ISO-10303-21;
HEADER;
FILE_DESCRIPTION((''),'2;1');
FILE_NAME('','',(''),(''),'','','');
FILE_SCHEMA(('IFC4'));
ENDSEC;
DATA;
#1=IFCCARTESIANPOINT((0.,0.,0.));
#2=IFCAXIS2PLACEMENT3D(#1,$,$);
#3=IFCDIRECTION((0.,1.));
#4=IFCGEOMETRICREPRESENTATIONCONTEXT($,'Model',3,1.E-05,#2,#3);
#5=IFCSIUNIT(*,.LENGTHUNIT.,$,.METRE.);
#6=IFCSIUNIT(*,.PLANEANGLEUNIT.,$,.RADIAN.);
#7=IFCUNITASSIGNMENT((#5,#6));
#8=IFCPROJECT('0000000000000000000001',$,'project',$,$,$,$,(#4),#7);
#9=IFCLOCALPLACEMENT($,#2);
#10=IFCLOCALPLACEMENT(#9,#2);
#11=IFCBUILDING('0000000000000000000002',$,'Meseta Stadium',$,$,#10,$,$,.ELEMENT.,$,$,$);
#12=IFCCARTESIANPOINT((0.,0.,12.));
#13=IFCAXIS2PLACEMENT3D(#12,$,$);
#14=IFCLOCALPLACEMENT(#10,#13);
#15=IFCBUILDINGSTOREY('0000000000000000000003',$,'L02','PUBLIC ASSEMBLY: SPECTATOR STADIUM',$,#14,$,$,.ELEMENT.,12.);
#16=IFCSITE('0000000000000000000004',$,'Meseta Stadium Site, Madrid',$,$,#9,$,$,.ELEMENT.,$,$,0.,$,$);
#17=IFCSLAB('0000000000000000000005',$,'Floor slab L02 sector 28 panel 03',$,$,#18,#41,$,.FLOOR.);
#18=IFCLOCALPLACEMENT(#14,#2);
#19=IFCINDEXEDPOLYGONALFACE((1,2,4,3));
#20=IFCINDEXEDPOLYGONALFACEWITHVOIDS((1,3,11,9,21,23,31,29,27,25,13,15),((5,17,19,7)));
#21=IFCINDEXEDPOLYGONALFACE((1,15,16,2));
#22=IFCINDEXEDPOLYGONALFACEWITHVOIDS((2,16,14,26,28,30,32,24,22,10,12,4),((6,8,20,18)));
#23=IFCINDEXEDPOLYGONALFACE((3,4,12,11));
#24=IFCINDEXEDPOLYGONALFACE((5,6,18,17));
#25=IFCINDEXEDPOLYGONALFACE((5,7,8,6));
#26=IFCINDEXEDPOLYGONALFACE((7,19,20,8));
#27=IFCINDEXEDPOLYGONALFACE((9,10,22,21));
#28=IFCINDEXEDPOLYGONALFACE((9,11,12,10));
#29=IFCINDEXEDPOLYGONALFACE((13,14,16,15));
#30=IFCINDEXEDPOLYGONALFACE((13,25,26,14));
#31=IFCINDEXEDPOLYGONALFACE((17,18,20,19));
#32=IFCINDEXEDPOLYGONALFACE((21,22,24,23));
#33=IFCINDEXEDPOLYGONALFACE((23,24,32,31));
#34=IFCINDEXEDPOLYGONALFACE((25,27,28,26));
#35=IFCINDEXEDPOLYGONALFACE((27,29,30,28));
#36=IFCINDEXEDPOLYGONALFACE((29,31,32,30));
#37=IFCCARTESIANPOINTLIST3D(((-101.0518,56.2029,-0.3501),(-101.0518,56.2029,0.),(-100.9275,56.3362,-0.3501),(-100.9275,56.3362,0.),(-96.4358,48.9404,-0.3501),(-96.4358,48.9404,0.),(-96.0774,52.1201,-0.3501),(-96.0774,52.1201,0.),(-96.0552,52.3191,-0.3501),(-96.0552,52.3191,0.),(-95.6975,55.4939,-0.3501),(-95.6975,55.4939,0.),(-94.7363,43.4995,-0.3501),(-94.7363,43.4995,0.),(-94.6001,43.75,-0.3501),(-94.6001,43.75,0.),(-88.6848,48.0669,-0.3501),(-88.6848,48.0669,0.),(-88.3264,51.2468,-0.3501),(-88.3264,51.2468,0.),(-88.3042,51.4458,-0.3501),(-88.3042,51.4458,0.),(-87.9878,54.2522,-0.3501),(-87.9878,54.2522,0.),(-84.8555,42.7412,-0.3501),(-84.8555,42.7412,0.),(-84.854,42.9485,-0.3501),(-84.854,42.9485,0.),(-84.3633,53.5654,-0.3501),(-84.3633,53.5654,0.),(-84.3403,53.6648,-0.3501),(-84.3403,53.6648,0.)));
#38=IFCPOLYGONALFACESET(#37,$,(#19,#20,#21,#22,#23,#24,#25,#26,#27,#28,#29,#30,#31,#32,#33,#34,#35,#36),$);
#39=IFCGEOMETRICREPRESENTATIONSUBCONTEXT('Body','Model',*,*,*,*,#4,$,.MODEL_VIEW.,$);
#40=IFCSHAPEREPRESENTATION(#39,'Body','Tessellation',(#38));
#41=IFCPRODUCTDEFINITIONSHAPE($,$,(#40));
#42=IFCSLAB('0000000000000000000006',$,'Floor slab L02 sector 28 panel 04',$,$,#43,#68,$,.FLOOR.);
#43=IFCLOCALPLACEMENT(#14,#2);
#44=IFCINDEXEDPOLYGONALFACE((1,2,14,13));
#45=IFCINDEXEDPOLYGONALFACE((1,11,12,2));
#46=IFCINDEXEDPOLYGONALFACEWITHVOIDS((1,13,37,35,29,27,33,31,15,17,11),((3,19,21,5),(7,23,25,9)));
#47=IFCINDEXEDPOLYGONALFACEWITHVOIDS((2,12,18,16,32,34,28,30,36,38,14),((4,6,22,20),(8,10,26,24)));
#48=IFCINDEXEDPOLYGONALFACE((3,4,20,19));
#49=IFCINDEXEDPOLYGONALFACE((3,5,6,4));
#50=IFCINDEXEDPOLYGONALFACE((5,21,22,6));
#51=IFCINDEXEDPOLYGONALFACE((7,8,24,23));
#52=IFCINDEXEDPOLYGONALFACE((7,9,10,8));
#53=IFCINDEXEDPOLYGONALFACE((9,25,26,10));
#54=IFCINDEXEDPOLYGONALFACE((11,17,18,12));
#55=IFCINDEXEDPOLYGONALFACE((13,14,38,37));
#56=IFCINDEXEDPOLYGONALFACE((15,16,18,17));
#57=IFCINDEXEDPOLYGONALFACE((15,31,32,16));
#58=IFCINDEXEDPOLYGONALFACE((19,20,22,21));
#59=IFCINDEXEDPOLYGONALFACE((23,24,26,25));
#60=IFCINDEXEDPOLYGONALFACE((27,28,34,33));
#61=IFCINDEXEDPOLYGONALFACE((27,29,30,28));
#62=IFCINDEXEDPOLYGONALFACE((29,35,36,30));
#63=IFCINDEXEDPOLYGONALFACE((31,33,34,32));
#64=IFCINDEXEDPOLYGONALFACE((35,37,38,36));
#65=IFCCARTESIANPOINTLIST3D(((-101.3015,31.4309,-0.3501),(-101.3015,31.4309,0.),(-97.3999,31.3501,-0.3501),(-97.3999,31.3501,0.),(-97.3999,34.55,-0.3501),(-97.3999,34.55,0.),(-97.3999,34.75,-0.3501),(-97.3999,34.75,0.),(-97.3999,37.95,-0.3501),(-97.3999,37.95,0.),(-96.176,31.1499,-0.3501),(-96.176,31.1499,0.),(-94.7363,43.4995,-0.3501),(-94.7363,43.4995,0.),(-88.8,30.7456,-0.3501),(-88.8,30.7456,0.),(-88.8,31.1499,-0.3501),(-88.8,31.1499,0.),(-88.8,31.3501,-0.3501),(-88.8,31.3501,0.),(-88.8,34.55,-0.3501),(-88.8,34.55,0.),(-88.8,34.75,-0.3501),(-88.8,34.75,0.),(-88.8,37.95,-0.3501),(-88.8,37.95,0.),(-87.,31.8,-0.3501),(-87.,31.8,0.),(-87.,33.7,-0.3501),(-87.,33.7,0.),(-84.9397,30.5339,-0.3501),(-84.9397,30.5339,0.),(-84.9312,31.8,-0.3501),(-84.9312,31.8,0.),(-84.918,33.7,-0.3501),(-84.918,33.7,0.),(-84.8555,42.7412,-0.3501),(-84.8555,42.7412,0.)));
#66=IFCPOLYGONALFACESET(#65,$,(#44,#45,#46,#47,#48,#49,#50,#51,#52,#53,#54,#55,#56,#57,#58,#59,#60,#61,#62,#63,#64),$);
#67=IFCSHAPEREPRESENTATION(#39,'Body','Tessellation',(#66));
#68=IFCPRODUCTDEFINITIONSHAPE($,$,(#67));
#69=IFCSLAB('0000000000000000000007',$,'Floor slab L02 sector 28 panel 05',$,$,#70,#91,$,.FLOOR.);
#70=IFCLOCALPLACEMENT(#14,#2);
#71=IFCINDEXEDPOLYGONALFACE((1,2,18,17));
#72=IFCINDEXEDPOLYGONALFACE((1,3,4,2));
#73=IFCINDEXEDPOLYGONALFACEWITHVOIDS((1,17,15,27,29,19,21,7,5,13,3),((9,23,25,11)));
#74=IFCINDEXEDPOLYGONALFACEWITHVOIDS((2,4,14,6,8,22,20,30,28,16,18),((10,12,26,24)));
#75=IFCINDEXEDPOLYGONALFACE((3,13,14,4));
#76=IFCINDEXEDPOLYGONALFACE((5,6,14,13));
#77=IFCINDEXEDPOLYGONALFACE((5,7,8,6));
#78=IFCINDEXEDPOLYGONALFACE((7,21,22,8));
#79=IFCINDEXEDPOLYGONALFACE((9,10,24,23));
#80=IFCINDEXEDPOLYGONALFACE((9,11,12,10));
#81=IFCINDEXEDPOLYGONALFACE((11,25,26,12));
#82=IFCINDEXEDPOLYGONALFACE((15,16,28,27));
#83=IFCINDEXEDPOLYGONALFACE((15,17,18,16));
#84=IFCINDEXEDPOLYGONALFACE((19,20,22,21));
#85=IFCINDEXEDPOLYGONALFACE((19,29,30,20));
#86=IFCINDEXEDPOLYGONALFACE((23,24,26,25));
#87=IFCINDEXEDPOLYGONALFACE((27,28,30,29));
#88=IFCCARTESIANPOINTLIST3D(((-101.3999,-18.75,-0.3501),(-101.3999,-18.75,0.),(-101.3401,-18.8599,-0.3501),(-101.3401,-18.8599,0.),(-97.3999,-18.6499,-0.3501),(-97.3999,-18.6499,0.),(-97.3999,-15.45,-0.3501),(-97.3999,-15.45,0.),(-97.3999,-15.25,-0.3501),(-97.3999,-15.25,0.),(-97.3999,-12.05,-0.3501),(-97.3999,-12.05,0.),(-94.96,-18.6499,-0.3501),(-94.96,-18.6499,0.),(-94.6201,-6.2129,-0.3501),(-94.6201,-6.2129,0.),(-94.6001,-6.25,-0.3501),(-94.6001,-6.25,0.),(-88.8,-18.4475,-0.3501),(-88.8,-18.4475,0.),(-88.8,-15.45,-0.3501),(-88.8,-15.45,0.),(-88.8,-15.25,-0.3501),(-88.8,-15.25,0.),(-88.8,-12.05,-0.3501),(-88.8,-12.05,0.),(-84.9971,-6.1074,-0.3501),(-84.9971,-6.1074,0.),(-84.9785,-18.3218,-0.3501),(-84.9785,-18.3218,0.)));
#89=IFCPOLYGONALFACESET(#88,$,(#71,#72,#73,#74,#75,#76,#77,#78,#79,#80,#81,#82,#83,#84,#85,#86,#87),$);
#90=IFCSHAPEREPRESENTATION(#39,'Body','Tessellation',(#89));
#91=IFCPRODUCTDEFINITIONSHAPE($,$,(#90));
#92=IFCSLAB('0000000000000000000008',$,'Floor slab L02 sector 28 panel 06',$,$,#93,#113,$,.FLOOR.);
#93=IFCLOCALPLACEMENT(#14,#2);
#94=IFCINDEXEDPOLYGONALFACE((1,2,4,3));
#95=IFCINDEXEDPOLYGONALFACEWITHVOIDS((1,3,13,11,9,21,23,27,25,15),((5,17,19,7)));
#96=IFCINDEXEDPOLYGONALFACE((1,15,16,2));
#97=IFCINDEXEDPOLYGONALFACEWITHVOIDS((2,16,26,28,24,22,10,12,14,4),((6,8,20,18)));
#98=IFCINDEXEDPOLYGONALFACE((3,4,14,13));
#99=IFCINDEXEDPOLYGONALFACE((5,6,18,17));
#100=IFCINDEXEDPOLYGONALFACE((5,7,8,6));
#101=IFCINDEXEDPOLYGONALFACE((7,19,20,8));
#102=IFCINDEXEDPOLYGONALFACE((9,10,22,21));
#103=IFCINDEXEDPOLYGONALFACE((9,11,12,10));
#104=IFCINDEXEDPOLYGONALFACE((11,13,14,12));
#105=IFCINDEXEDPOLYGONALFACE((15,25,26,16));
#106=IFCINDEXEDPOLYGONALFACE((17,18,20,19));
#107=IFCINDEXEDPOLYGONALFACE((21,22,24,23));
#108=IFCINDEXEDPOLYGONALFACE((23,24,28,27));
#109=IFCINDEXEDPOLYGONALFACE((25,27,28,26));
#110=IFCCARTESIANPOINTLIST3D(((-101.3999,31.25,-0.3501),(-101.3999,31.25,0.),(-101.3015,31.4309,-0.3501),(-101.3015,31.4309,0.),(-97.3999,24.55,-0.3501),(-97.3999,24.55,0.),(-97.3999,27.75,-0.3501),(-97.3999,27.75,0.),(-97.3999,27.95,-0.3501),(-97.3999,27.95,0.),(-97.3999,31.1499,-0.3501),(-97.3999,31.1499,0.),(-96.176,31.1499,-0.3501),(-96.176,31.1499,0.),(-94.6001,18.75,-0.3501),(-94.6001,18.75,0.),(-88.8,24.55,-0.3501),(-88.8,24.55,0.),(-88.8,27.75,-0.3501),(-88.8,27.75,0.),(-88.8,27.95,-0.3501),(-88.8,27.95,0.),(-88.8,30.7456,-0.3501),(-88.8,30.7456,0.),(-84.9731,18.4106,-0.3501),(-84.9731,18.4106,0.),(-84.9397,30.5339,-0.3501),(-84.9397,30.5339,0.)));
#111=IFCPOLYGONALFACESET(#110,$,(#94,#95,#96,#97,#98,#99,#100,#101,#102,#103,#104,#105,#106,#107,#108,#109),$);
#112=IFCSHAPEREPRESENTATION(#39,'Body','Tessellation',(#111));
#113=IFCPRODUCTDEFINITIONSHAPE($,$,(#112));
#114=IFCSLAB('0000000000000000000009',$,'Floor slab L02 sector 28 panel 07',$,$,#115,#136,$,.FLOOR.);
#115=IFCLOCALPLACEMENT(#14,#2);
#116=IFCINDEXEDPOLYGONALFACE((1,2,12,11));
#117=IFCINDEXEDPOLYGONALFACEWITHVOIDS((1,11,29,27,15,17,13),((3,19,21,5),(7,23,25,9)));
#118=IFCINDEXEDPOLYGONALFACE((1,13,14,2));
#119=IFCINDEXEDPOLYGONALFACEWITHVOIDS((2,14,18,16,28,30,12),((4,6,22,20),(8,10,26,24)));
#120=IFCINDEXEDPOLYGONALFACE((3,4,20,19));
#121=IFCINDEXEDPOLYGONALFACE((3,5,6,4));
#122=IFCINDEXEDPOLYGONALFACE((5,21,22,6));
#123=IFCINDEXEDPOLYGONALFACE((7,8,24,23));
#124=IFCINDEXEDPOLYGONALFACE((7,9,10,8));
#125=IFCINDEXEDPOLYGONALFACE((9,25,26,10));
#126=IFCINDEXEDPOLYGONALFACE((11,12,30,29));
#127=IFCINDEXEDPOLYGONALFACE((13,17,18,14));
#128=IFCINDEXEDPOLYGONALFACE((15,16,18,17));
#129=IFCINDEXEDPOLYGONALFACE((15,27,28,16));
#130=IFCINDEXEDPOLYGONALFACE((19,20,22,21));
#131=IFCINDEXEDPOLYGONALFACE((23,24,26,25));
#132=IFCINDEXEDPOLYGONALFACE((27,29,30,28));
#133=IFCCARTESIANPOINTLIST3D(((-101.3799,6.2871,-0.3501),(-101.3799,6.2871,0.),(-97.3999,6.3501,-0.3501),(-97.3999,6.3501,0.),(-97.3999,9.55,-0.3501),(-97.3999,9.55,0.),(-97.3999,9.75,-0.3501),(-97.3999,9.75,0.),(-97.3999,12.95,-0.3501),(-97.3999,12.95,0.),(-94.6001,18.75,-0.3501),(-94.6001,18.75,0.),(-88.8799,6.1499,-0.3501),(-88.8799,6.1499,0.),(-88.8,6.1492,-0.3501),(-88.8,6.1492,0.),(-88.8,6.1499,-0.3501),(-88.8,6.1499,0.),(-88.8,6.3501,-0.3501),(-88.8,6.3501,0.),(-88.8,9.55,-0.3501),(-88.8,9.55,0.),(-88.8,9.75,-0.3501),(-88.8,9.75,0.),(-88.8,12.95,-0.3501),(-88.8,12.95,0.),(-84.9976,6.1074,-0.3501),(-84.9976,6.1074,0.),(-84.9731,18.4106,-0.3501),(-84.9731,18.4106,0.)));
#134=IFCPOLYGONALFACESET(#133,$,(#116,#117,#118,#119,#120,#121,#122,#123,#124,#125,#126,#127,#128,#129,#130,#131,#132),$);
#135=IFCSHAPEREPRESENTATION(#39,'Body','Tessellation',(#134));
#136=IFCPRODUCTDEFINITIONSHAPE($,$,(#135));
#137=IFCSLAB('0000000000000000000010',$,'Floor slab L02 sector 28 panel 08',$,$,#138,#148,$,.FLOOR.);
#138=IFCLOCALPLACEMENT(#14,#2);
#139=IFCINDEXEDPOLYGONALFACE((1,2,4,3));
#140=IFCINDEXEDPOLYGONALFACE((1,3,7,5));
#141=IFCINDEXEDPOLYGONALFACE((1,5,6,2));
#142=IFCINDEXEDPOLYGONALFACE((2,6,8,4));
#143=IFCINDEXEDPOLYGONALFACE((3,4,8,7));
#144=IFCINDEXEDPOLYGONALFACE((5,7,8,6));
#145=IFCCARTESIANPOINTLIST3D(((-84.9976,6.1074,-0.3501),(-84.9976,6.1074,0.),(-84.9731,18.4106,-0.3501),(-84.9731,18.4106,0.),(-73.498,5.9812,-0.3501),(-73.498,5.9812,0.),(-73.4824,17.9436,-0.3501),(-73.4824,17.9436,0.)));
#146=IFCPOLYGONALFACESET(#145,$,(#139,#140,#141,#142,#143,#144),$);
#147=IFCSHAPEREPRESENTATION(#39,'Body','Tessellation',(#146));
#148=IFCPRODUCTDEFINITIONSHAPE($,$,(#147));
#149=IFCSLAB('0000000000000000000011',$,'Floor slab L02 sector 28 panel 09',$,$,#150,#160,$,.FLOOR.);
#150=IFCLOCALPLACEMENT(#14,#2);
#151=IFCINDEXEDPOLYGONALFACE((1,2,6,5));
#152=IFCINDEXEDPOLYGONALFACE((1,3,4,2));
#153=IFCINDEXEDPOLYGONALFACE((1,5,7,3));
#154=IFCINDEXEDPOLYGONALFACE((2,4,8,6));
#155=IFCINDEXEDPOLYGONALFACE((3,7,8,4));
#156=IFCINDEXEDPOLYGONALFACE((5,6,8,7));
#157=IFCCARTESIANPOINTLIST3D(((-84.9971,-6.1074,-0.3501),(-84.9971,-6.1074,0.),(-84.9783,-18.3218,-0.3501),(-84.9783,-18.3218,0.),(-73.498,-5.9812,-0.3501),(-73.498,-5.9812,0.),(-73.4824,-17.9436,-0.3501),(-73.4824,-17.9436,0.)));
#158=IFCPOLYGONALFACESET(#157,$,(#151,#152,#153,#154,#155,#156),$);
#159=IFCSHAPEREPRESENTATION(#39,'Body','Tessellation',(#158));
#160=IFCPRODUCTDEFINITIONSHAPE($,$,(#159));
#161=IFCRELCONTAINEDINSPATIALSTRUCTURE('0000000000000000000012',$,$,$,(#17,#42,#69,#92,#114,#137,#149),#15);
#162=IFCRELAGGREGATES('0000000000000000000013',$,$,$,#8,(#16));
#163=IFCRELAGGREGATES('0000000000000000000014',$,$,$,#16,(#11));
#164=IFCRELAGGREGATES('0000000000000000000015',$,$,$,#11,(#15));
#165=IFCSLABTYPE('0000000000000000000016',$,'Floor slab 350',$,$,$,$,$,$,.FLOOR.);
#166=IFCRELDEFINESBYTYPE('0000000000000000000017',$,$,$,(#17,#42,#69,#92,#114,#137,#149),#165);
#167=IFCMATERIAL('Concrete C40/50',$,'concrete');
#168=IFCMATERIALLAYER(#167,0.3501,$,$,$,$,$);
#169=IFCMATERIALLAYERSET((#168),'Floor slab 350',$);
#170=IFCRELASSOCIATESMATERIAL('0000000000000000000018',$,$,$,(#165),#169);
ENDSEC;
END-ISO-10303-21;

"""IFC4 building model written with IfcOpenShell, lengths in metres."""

from ifc_helpers import new_model, si_unit, direction, frame, origin, place, context, subcontext, project, spatial, polyline, outline, extrude, material, layer, layer_set, type_object, element, save


model = new_model("IFC4")

# Units and contexts
model_context = context("Model", 3, precision=1e-05, world=origin(), true_north=direction((0.0, 1.0)))
body_context = subcontext(model_context, "Body", "Model", "MODEL_VIEW")
ifc_project = project(units=[si_unit("LENGTHUNIT", "METRE"), si_unit("PLANEANGLEUNIT", "RADIAN")], contexts=[model_context])

# Site, building, storey
site_placement = place(None, origin())
site = spatial("IfcSite", under=ifc_project, at=site_placement, Name="Meseta Stadium Site, Madrid", CompositionType="ELEMENT", RefElevation=0.0)
building_placement = place(site_placement, origin())
building = spatial("IfcBuilding", under=site, at=building_placement, Name="Meseta Stadium", CompositionType="ELEMENT")
storey_placement = place(building_placement, frame((0.0, 0.0, 12.0)))
storey = spatial("IfcBuildingStorey", under=building, at=storey_placement, Name="L02", Description="PUBLIC ASSEMBLY: SPECTATOR STADIUM", CompositionType="ELEMENT", Elevation=12.0)

# Slabs
ifc_material = material(Name="Concrete C40/50", Category="concrete")
ifc_layer = layer(ifc_material, 0.3501)
ifc_layer_set = layer_set([ifc_layer], Name="Floor slab 350")
slab_type = type_object("IfcSlabType", Name="Floor slab 350", PredefinedType="FLOOR", material=ifc_layer_set)
slab_1_placement = place(storey_placement, frame((0.0, 0.0, -0.3501)))
element("IfcSlab", 1, at=slab_1_placement, inside=storey, type_object=slab_type, Name="Floor slab L02 sector 28 panel 03", PredefinedType="FLOOR", context=body_context, shape_type="SweptSolid", body=[
    extrude(outline(polyline([(-87.9878, 54.2522), (-88.3042, 51.4458), (-96.0552, 52.3191), (-95.6975, 55.4939), (-100.9275, 56.3362), (-101.0518, 56.2029), (-94.6001, 43.75), (-94.7363, 43.4995), (-84.8555, 42.7412), (-84.854, 42.9485), (-84.3633, 53.5654), (-84.3403, 53.6648), (-87.9878, 54.2522)]), holes=[polyline([(-88.6848, 48.0669), (-96.4358, 48.9404), (-96.0774, 52.1201), (-88.3264, 51.2468), (-88.6848, 48.0669)])]), origin(), (0.0, 0.0, 1.0), 0.3501),
])
slab_2_placement = place(storey_placement, frame((0.0, 0.0, -0.3501)))
element("IfcSlab", 2, at=slab_2_placement, inside=storey, type_object=slab_type, Name="Floor slab L02 sector 28 panel 04", PredefinedType="FLOOR", context=body_context, shape_type="SweptSolid", body=[
    extrude(outline(polyline([(-84.8555, 42.7412), (-94.7363, 43.4995), (-101.3015, 31.4309), (-96.176, 31.1499), (-88.8, 31.1499), (-88.8, 30.7456), (-84.9397, 30.5339), (-84.9312, 31.8), (-87.0, 31.8), (-87.0, 33.7), (-84.918, 33.7), (-84.8555, 42.7412)]), holes=[polyline([(-88.8, 34.55), (-88.8, 31.3501), (-97.3999, 31.3501), (-97.3999, 34.55), (-88.8, 34.55)]), polyline([(-88.8, 37.95), (-88.8, 34.75), (-97.3999, 34.75), (-97.3999, 37.95), (-88.8, 37.95)])]), origin(), (0.0, 0.0, 1.0), 0.3501),
])
slab_3_placement = place(storey_placement, frame((0.0, 0.0, -0.3501)))
element("IfcSlab", 3, at=slab_3_placement, inside=storey, type_object=slab_type, Name="Floor slab L02 sector 28 panel 05", PredefinedType="FLOOR", context=body_context, shape_type="SweptSolid", body=[
    extrude(outline(polyline([(-84.9971, -6.1074), (-94.6201, -6.2129), (-94.6001, -6.25), (-101.3999, -18.75), (-101.3401, -18.8599), (-94.96, -18.6499), (-97.3999, -18.6499), (-97.3999, -15.45), (-88.8, -15.45), (-88.8, -18.4475), (-84.9785, -18.3218), (-84.9971, -6.1074)]), holes=[polyline([(-88.8, -12.05), (-88.8, -15.25), (-97.3999, -15.25), (-97.3999, -12.05), (-88.8, -12.05)])]), origin(), (0.0, 0.0, 1.0), 0.3501),
])
slab_4_placement = place(storey_placement, frame((0.0, 0.0, -0.3501)))
element("IfcSlab", 4, at=slab_4_placement, inside=storey, type_object=slab_type, Name="Floor slab L02 sector 28 panel 06", PredefinedType="FLOOR", context=body_context, shape_type="SweptSolid", body=[
    extrude(outline(polyline([(-96.176, 31.1499), (-101.3015, 31.4309), (-101.3999, 31.25), (-94.6001, 18.75), (-84.9731, 18.4106), (-84.9397, 30.5339), (-88.8, 30.7456), (-88.8, 27.95), (-97.3999, 27.95), (-97.3999, 31.1499), (-96.176, 31.1499)]), holes=[polyline([(-97.3999, 27.75), (-88.8, 27.75), (-88.8, 24.55), (-97.3999, 24.55), (-97.3999, 27.75)])]), origin(), (0.0, 0.0, 1.0), 0.3501),
])
slab_5_placement = place(storey_placement, frame((0.0, 0.0, -0.3501)))
element("IfcSlab", 5, at=slab_5_placement, inside=storey, type_object=slab_type, Name="Floor slab L02 sector 28 panel 07", PredefinedType="FLOOR", context=body_context, shape_type="SweptSolid", body=[
    extrude(outline(polyline([(-88.8, 6.1499), (-88.8, 6.1492), (-84.9976, 6.1074), (-84.9731, 18.4106), (-94.6001, 18.75), (-101.3799, 6.2871), (-88.8799, 6.1499), (-88.8, 6.1499)]), holes=[polyline([(-88.8, 6.3501), (-97.3999, 6.3501), (-97.3999, 9.55), (-88.8, 9.55), (-88.8, 6.3501)]), polyline([(-88.8, 9.75), (-97.3999, 9.75), (-97.3999, 12.95), (-88.8, 12.95), (-88.8, 9.75)])]), origin(), (0.0, 0.0, 1.0), 0.3501),
])
slab_6_placement = place(storey_placement, frame((0.0, 0.0, -0.3501)))
element("IfcSlab", 6, at=slab_6_placement, inside=storey, type_object=slab_type, Name="Floor slab L02 sector 28 panel 08", PredefinedType="FLOOR", context=body_context, shape_type="SweptSolid", body=[
    extrude(outline(polyline([(-73.4824, 17.9436), (-84.9731, 18.4106), (-84.9976, 6.1074), (-73.498, 5.9812), (-73.4824, 17.9436)])), origin(), (0.0, 0.0, 1.0), 0.3501),
])
slab_7_placement = place(storey_placement, frame((0.0, 0.0, -0.3501)))
element("IfcSlab", 7, at=slab_7_placement, inside=storey, type_object=slab_type, Name="Floor slab L02 sector 28 panel 09", PredefinedType="FLOOR", context=body_context, shape_type="SweptSolid", body=[
    extrude(outline(polyline([(-84.9783, -18.3218), (-73.4824, -17.9436), (-73.498, -5.9812), (-84.9971, -6.1074), (-84.9783, -18.3218)])), origin(), (0.0, 0.0, 1.0), 0.3501),
])

save(model, "model.ifc")
